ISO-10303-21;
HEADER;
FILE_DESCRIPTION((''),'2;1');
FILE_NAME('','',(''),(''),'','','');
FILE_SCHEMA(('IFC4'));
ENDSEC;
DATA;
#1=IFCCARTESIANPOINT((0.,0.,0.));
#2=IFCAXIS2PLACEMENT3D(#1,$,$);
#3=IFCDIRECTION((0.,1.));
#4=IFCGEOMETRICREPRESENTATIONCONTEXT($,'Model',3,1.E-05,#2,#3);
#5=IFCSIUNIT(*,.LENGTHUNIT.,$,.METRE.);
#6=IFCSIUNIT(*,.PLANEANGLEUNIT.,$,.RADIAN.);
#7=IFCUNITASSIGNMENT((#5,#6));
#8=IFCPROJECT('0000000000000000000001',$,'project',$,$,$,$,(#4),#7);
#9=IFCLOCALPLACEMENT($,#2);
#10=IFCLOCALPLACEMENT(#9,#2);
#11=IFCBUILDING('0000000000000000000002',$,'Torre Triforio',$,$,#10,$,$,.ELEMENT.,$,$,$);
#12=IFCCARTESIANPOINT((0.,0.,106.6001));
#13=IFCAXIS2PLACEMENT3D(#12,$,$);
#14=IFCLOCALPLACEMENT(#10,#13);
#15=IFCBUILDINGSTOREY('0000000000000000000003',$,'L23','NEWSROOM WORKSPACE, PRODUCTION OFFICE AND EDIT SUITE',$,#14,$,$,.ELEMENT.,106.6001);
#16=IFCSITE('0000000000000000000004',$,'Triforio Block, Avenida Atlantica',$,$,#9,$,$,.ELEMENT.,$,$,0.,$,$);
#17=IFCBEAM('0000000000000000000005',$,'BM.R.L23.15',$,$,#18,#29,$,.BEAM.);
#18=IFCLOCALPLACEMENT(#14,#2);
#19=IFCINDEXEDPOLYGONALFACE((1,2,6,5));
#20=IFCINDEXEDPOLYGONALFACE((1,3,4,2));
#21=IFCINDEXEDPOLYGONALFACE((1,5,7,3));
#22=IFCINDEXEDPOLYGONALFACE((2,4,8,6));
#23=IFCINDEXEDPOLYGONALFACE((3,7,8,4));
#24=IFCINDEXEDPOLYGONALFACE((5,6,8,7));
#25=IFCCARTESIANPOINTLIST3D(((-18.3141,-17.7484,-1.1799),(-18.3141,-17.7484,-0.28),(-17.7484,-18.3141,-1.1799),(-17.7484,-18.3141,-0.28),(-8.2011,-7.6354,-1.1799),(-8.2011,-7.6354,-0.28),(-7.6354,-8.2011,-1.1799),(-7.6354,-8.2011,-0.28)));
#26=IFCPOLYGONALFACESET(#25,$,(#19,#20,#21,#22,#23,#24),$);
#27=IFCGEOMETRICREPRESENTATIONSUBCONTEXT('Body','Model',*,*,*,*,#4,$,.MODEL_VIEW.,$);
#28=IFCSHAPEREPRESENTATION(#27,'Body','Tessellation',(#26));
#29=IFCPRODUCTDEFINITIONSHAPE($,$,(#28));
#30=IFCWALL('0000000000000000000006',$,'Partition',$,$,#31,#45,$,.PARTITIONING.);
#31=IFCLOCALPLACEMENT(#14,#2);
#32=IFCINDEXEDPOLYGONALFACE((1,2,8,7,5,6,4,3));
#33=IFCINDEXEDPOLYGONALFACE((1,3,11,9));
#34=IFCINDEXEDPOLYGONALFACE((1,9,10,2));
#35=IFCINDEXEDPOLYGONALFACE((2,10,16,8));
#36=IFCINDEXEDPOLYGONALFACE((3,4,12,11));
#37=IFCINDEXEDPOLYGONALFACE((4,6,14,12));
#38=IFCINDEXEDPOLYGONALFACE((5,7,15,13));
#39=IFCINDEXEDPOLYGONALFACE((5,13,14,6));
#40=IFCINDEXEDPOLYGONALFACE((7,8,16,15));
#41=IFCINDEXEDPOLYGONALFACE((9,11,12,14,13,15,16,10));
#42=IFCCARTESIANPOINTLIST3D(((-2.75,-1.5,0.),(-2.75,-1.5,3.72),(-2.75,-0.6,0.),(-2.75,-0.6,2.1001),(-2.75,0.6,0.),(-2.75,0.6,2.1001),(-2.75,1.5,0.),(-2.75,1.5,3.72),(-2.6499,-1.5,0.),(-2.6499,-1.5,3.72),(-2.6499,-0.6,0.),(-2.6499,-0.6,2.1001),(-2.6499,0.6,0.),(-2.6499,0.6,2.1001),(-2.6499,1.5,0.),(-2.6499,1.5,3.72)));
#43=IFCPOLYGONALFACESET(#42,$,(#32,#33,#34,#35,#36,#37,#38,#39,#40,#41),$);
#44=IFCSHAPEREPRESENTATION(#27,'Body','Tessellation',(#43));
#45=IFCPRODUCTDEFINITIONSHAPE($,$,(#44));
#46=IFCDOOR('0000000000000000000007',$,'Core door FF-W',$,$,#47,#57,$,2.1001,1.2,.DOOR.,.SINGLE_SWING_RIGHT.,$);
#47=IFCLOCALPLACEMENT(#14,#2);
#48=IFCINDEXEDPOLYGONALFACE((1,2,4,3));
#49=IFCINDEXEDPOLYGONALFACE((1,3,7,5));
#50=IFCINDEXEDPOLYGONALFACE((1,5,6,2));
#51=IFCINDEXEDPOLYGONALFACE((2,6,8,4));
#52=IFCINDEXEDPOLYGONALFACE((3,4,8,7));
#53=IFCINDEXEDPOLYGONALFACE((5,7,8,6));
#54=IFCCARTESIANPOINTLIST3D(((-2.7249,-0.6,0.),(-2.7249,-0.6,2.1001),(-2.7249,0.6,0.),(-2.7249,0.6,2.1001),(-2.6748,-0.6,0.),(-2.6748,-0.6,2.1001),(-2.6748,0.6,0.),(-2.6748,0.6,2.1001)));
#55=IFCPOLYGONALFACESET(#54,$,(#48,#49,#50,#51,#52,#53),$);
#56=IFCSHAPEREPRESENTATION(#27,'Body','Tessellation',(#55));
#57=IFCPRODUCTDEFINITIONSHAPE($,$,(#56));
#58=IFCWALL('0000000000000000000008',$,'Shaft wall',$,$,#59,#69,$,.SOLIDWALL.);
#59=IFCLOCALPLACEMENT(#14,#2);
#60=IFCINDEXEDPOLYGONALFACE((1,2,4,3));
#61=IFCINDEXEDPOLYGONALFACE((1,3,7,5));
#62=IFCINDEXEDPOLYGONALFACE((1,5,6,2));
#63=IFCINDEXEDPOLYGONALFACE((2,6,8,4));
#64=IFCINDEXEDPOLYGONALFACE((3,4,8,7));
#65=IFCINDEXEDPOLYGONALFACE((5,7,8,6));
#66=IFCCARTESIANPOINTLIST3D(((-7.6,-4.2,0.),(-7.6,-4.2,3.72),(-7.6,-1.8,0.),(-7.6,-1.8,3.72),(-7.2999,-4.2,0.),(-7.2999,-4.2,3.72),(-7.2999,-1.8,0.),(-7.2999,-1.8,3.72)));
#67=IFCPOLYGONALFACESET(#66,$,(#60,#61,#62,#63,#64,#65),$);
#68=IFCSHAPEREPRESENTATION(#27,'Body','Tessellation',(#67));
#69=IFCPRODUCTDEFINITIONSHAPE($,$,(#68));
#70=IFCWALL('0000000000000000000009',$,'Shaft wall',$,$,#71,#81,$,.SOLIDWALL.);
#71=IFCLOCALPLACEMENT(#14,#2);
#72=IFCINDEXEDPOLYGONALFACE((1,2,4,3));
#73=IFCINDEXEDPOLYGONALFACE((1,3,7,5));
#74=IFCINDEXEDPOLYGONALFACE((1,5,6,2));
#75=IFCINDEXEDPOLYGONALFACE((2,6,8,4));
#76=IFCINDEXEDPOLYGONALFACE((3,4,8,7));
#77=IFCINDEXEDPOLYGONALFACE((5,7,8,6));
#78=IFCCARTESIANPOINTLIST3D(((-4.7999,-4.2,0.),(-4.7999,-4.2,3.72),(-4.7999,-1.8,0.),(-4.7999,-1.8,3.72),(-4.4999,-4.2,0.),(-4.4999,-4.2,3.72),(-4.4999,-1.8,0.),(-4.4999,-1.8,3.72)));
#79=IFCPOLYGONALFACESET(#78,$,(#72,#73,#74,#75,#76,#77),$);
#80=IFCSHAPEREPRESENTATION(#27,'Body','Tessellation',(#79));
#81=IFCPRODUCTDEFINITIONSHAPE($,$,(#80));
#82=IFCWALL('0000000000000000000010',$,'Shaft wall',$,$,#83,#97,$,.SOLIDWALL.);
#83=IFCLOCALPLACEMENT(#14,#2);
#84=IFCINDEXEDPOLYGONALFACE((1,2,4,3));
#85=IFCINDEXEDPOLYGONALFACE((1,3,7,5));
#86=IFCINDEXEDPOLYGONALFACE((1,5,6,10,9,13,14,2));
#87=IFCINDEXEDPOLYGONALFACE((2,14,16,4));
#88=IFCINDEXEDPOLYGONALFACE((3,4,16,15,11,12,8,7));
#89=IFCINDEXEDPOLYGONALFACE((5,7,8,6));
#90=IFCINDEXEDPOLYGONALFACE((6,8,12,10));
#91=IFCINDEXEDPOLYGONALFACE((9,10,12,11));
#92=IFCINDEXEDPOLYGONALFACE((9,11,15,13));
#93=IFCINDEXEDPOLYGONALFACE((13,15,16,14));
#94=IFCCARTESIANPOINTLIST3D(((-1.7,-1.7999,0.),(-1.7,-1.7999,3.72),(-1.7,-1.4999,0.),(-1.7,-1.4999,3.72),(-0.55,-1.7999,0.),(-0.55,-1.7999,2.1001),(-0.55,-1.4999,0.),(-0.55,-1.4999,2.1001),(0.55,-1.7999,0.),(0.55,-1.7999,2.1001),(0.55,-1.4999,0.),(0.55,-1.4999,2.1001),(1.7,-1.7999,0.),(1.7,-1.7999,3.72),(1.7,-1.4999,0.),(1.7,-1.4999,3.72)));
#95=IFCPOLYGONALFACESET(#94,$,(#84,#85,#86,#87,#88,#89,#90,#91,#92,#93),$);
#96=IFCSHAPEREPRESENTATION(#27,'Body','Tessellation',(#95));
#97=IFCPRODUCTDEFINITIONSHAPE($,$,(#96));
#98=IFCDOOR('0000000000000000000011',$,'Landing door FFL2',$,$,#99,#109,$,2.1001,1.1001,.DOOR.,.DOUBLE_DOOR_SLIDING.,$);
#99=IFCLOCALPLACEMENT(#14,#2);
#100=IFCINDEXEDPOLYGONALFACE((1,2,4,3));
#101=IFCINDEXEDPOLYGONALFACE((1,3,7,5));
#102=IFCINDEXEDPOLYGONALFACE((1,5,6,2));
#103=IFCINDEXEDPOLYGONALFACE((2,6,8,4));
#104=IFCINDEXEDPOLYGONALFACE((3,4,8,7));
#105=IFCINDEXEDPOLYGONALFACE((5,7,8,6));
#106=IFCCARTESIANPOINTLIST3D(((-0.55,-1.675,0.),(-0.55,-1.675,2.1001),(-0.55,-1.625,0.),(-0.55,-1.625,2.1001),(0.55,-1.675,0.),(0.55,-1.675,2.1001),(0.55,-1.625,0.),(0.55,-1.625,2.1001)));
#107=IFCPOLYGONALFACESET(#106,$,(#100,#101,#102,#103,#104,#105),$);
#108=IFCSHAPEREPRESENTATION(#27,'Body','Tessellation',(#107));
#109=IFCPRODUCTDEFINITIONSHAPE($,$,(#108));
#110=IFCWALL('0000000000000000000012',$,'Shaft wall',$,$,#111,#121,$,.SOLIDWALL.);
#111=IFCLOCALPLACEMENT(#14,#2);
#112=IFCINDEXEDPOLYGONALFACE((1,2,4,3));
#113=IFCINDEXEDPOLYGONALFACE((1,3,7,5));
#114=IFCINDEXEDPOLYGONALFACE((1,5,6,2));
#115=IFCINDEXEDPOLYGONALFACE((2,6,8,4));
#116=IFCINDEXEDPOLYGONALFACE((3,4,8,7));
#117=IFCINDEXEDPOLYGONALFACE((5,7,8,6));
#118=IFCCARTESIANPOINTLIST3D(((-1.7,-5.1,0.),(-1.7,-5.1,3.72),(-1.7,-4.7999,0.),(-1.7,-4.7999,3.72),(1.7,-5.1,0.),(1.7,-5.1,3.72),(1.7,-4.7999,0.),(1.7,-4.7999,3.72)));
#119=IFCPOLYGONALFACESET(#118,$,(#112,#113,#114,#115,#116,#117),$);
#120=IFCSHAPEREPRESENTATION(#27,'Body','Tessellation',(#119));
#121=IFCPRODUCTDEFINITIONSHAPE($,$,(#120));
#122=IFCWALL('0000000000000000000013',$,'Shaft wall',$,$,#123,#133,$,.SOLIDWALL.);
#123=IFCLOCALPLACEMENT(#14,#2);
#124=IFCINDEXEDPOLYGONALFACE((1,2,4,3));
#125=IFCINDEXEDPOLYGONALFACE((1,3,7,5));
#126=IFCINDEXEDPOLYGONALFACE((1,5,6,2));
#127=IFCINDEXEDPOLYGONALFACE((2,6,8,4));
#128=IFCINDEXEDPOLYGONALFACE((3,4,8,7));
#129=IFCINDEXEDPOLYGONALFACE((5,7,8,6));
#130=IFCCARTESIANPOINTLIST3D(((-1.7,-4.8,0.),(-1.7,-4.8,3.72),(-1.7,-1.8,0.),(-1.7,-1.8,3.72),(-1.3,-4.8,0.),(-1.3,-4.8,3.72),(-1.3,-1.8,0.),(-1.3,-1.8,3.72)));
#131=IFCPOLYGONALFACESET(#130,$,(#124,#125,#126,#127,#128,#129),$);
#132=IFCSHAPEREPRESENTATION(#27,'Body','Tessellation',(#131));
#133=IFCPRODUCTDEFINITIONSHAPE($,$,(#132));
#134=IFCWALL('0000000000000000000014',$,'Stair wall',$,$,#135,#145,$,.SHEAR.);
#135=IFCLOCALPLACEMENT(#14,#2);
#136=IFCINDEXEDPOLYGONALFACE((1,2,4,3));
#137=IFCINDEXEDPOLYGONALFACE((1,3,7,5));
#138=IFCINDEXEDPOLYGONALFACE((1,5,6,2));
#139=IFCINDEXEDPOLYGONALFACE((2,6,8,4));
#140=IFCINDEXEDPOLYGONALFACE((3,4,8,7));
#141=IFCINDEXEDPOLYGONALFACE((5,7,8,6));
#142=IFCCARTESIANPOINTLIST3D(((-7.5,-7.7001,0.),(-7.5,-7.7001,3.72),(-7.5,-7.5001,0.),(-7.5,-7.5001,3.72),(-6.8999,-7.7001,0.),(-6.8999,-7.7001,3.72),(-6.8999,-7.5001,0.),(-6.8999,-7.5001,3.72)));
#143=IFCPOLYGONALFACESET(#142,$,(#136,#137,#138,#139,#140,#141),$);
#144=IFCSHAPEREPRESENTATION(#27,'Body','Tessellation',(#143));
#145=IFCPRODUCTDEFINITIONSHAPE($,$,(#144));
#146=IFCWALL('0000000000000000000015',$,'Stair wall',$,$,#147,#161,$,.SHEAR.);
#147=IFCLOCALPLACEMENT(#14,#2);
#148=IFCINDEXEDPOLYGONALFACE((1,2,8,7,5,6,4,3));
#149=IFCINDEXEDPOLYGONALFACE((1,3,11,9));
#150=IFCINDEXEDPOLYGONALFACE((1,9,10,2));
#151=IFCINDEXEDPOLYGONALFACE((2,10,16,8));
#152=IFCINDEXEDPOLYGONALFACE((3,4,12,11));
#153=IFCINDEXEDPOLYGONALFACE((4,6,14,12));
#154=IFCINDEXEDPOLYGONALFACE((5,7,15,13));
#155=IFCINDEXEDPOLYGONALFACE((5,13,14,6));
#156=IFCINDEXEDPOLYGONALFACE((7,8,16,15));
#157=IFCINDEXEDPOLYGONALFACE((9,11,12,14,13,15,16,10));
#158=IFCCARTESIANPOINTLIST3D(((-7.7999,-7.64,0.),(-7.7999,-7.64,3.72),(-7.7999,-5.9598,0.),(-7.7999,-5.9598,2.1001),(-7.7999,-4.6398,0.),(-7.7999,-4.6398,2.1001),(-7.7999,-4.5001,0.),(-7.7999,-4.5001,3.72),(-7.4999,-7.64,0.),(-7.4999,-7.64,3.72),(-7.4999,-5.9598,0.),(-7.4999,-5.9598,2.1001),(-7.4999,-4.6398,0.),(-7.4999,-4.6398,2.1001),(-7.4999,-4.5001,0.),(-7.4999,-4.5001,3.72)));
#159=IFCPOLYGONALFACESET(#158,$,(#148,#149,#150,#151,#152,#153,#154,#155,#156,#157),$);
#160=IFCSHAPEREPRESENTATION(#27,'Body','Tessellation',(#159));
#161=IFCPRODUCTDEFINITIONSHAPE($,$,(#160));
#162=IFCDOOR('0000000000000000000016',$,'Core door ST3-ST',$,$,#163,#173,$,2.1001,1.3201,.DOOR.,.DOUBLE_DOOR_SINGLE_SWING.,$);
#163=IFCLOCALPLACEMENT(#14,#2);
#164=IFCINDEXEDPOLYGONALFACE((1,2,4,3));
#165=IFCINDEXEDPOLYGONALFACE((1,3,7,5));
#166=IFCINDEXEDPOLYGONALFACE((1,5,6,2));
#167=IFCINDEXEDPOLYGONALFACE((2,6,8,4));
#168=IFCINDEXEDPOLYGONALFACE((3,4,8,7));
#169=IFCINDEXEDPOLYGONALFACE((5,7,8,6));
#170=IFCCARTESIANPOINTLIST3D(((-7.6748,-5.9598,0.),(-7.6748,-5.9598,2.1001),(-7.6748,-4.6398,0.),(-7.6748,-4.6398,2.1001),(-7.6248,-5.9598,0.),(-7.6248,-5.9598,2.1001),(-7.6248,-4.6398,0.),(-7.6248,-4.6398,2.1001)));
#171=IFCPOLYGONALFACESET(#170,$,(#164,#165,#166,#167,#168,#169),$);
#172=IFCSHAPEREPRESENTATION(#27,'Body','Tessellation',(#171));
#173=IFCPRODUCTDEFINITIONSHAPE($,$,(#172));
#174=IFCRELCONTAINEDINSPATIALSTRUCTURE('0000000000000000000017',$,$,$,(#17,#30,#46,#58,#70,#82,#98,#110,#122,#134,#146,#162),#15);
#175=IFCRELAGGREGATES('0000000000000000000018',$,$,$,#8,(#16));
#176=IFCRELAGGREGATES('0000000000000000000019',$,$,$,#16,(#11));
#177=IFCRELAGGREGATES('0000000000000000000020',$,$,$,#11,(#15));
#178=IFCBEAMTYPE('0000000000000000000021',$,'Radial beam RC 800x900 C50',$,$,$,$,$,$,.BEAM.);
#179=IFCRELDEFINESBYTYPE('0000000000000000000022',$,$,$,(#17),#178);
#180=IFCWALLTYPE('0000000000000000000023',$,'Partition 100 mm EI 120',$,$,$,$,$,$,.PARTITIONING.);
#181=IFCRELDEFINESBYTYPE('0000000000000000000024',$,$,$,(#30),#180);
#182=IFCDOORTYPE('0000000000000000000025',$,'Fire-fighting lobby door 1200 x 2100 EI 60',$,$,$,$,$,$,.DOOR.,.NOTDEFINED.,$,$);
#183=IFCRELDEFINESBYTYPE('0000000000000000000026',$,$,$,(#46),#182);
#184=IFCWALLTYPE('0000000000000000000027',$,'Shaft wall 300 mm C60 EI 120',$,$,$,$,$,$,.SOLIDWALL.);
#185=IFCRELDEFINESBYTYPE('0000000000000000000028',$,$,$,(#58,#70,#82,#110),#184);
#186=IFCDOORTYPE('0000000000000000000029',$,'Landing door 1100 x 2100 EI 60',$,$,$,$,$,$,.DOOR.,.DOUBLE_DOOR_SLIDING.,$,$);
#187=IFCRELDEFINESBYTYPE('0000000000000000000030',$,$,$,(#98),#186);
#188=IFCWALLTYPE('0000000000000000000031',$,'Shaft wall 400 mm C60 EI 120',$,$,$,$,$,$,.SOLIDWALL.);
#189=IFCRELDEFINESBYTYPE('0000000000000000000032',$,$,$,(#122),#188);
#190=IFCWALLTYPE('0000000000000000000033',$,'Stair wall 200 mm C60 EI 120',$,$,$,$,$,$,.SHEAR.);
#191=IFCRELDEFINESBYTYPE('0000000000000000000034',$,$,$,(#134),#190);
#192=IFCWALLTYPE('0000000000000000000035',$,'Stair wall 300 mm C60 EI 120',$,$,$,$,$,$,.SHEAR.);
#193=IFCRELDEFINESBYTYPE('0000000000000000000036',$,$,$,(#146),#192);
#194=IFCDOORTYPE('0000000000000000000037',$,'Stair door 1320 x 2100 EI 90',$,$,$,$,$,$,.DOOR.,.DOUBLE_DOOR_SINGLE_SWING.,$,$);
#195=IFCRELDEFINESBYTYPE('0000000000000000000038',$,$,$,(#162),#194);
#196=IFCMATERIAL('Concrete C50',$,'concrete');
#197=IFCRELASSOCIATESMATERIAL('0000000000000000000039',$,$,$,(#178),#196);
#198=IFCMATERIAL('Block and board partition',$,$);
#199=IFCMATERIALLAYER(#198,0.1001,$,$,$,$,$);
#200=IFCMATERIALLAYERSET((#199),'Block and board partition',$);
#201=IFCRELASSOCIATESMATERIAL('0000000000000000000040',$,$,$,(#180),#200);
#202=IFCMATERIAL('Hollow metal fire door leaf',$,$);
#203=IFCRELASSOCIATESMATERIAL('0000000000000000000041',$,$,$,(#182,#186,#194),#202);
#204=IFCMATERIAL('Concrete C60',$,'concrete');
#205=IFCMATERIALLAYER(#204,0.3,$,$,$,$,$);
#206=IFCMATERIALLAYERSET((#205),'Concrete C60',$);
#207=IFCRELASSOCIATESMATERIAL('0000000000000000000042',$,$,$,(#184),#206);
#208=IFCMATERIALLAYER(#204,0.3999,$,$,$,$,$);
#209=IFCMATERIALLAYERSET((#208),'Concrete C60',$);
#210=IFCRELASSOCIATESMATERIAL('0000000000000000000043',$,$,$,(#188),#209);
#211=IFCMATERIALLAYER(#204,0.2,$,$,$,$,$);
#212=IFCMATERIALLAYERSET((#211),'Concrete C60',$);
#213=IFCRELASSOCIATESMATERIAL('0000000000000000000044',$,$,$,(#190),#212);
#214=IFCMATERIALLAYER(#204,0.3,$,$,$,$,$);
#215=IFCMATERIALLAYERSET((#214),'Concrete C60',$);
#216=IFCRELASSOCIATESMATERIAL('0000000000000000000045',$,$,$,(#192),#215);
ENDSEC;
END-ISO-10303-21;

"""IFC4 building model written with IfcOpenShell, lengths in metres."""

from ifc_helpers import new_model, si_unit, direction, frame, frame_2d, origin, origin_2d, place, context, subcontext, project, spatial, rectangle, extrude, material, layer, layer_set, material_profile, profile_set, type_object, element, fill, save


model = new_model("IFC4")

# Units and contexts
model_context = context("Model", 3, precision=1e-05, world=origin(), true_north=direction((0.0, 1.0)))
body_context = subcontext(model_context, "Body", "Model", "MODEL_VIEW")
ifc_project = project(units=[si_unit("LENGTHUNIT", "METRE"), si_unit("PLANEANGLEUNIT", "RADIAN")], contexts=[model_context])

# Site, building, storey
site_placement = place(None, origin())
site = spatial("IfcSite", under=ifc_project, at=site_placement, Name="Triforio Block, Avenida Atlantica", CompositionType="ELEMENT", RefElevation=0.0)
building_placement = place(site_placement, origin())
building = spatial("IfcBuilding", under=site, at=building_placement, Name="Torre Triforio", CompositionType="ELEMENT")
storey_placement = place(building_placement, frame((0.0, 0.0, 106.6001)))
storey = spatial("IfcBuildingStorey", under=building, at=storey_placement, Name="L23", Description="NEWSROOM WORKSPACE, PRODUCTION OFFICE AND EDIT SUITE", CompositionType="ELEMENT", Elevation=106.6001)

# Beam
ifc_material_1 = material(Name="Concrete C50", Category="concrete")
ifc_material_profile = material_profile(ifc_material_1, rectangle(XDim=0.8, YDim=0.8999, at=origin_2d()), Name="RC 800x900")
ifc_profile_set = profile_set([ifc_material_profile], Name="Concrete C50")
beam_type = type_object("IfcBeamType", Name="Radial beam RC 800x900 C50", PredefinedType="BEAM", material=ifc_profile_set)
beam_placement = place(storey_placement, frame((-7.9182, -7.9182, -0.73), z_axis=(-0.707107, -0.707107, 0.0), x_axis=(0.707107, -0.707107, 0.0)))
element("IfcBeam", 1, at=beam_placement, inside=storey, type_object=beam_type, Name="BM.R.L23.15", PredefinedType="BEAM", context=body_context, shape_type="SweptSolid", body=[
    extrude(rectangle(XDim=0.8, YDim=0.8999, at=origin_2d()), origin(), (0.0, 0.0, 1.0), 14.302),
])

# Wall, opening, door
ifc_material_2 = material(Name="Block and board partition")
ifc_layer_1 = layer(ifc_material_2, 0.1001)
ifc_layer_set_1 = layer_set([ifc_layer_1], Name="Block and board partition")
wall_type_1 = type_object("IfcWallType", Name="Partition 100 mm EI 120", PredefinedType="PARTITIONING", material=ifc_layer_set_1)
wall_1_placement = place(storey_placement, frame((-2.7, -1.5, 0.0), z_axis=(0.0, 0.0, 1.0), x_axis=(0.0, 1.0, 0.0)))
wall_1 = element("IfcWall", 2, at=wall_1_placement, inside=storey, type_object=wall_type_1, Name="Partition", PredefinedType="PARTITIONING", context=body_context, shape_type="SweptSolid", body=[
    extrude(rectangle(XDim=3.0, YDim=0.1001, at=frame_2d((1.5, 0.0))), origin(), (0.0, 0.0, 1.0), 3.72),
])
opening_1_placement = place(wall_1_placement, frame((0.8999, 0.0, 0.0)))
opening_1 = element("IfcOpeningElement", 3, at=opening_1_placement, cuts=wall_1, PredefinedType="OPENING", context=body_context, shape_type="SweptSolid", body=[
    extrude(rectangle(XDim=1.2, YDim=2.1001, at=frame_2d((0.6001, 1.05))), frame((0.0, 0.0601, 0.0), z_axis=(0.0, -1.0, 0.0), x_axis=(1.0, 0.0, 0.0)), (0.0, 0.0, 1.0), 0.1201),
])
ifc_material_3 = material(Name="Hollow metal fire door leaf")
door_type_1 = type_object("IfcDoorType", Name="Fire-fighting lobby door 1200 x 2100 EI 60", OperationType="NOTDEFINED", PredefinedType="DOOR", material=ifc_material_3)
door_1_placement = place(opening_1_placement, origin())
door_1 = element("IfcDoor", 4, at=door_1_placement, inside=storey, type_object=door_type_1, Name="Core door FF-W", OperationType="SINGLE_SWING_RIGHT", OverallHeight=2.1001, OverallWidth=1.2, PredefinedType="DOOR", context=body_context, shape_type="SweptSolid", body=[
    extrude(rectangle(XDim=1.2, YDim=2.1001, at=frame_2d((0.6001, 1.05))), frame((0.0, 0.0249, 0.0), z_axis=(0.0, -1.0, 0.0), x_axis=(1.0, 0.0, 0.0)), (0.0, 0.0, 1.0), 0.05),
])
fill(opening_1, door_1)

# Walls
ifc_material_4 = material(Name="Concrete C60", Category="concrete")
ifc_layer_2 = layer(ifc_material_4, 0.3)
ifc_layer_set_2 = layer_set([ifc_layer_2], Name="Concrete C60")
wall_type_2 = type_object("IfcWallType", Name="Shaft wall 300 mm C60 EI 120", PredefinedType="SOLIDWALL", material=ifc_layer_set_2)
for number, where, z_axis, x_axis, name in (
    (5, (-7.45, -4.2, 0.0), (0.0, 0.0, 1.0), (0.0, 1.0, 0.0), "Shaft wall"),
    (6, (-4.6499, -4.2, 0.0), (0.0, 0.0, 1.0), (0.0, 1.0, 0.0), "Shaft wall"),
):
    element("IfcWall", number, at=place(storey_placement, frame(where, z_axis=z_axis, x_axis=x_axis)), inside=storey, type_object=wall_type_2, Name=name, PredefinedType="SOLIDWALL", context=body_context, shape_type="SweptSolid", body=[
        extrude(rectangle(XDim=2.3999, YDim=0.3, at=frame_2d((1.2, 0.0))), origin(), (0.0, 0.0, 1.0), 3.72),
    ])

# Wall, opening, door
wall_2_placement = place(storey_placement, frame((-1.7, -1.6499, 0.0), z_axis=(0.0, 0.0, 1.0), x_axis=(1.0, 0.0, 0.0)))
wall_2 = element("IfcWall", 7, at=wall_2_placement, inside=storey, type_object=wall_type_2, Name="Shaft wall", PredefinedType="SOLIDWALL", context=body_context, shape_type="SweptSolid", body=[
    extrude(rectangle(XDim=3.3999, YDim=0.3, at=frame_2d((1.7, 0.0))), origin(), (0.0, 0.0, 1.0), 3.72),
])
opening_2_placement = place(wall_2_placement, frame((1.1499, 0.0, 0.0)))
opening_2 = element("IfcOpeningElement", 8, at=opening_2_placement, cuts=wall_2, PredefinedType="OPENING", context=body_context, shape_type="SweptSolid", body=[
    extrude(rectangle(XDim=1.1001, YDim=2.1001, at=frame_2d((0.55, 1.05))), frame((0.0, 0.1599, 0.0), z_axis=(0.0, -1.0, 0.0), x_axis=(1.0, 0.0, 0.0)), (0.0, 0.0, 1.0), 0.3201),
])
door_type_2 = type_object("IfcDoorType", Name="Landing door 1100 x 2100 EI 60", OperationType="DOUBLE_DOOR_SLIDING", PredefinedType="DOOR", material=ifc_material_3)
door_2_placement = place(opening_2_placement, origin())
door_2 = element("IfcDoor", 9, at=door_2_placement, inside=storey, type_object=door_type_2, Name="Landing door FFL2", OperationType="DOUBLE_DOOR_SLIDING", OverallHeight=2.1001, OverallWidth=1.1001, PredefinedType="DOOR", context=body_context, shape_type="SweptSolid", body=[
    extrude(rectangle(XDim=1.1001, YDim=2.1001, at=frame_2d((0.55, 1.05))), frame((0.0, 0.0249, 0.0), z_axis=(0.0, -1.0, 0.0), x_axis=(1.0, 0.0, 0.0)), (0.0, 0.0, 1.0), 0.05),
])
fill(opening_2, door_2)

# Walls
wall_3_placement = place(storey_placement, frame((-1.7, -4.95, 0.0), z_axis=(0.0, 0.0, 1.0), x_axis=(1.0, 0.0, 0.0)))
element("IfcWall", 10, at=wall_3_placement, inside=storey, type_object=wall_type_2, Name="Shaft wall", PredefinedType="SOLIDWALL", context=body_context, shape_type="SweptSolid", body=[
    extrude(rectangle(XDim=3.3999, YDim=0.3, at=frame_2d((1.7, 0.0))), origin(), (0.0, 0.0, 1.0), 3.72),
])
ifc_layer_3 = layer(ifc_material_4, 0.3999)
ifc_layer_set_3 = layer_set([ifc_layer_3], Name="Concrete C60")
wall_type_3 = type_object("IfcWallType", Name="Shaft wall 400 mm C60 EI 120", PredefinedType="SOLIDWALL", material=ifc_layer_set_3)
wall_4_placement = place(storey_placement, frame((-1.5, -4.8, 0.0), z_axis=(0.0, 0.0, 1.0), x_axis=(0.0, 1.0, 0.0)))
element("IfcWall", 11, at=wall_4_placement, inside=storey, type_object=wall_type_3, Name="Shaft wall", PredefinedType="SOLIDWALL", context=body_context, shape_type="SweptSolid", body=[
    extrude(rectangle(XDim=3.0, YDim=0.3999, at=frame_2d((1.5, 0.0))), origin(), (0.0, 0.0, 1.0), 3.72),
])
ifc_layer_4 = layer(ifc_material_4, 0.2)
ifc_layer_set_4 = layer_set([ifc_layer_4], Name="Concrete C60")
wall_type_4 = type_object("IfcWallType", Name="Stair wall 200 mm C60 EI 120", PredefinedType="SHEAR", material=ifc_layer_set_4)
wall_5_placement = place(storey_placement, frame((-7.5, -7.6001, 0.0), z_axis=(0.0, 0.0, 1.0), x_axis=(1.0, 0.0, 0.0)))
element("IfcWall", 12, at=wall_5_placement, inside=storey, type_object=wall_type_4, Name="Stair wall", PredefinedType="SHEAR", context=body_context, shape_type="SweptSolid", body=[
    extrude(rectangle(XDim=0.6001, YDim=0.2, at=frame_2d((0.3, 0.0))), origin(), (0.0, 0.0, 1.0), 3.72),
])

# Wall, opening, door
ifc_layer_5 = layer(ifc_material_4, 0.3)
ifc_layer_set_5 = layer_set([ifc_layer_5], Name="Concrete C60")
wall_type_5 = type_object("IfcWallType", Name="Stair wall 300 mm C60 EI 120", PredefinedType="SHEAR", material=ifc_layer_set_5)
wall_6_placement = place(storey_placement, frame((-7.6499, -7.6399, 0.0), z_axis=(0.0, 0.0, 1.0), x_axis=(0.0, 1.0, 0.0)))
wall_6 = element("IfcWall", 13, at=wall_6_placement, inside=storey, type_object=wall_type_5, Name="Stair wall", PredefinedType="SHEAR", context=body_context, shape_type="SweptSolid", body=[
    extrude(rectangle(XDim=3.1399, YDim=0.3, at=frame_2d((1.5698, 0.0))), origin(), (0.0, 0.0, 1.0), 3.72),
])
opening_3_placement = place(wall_6_placement, frame((1.6799, 0.0, 0.0)))
opening_3 = element("IfcOpeningElement", 14, at=opening_3_placement, cuts=wall_6, PredefinedType="OPENING", context=body_context, shape_type="SweptSolid", body=[
    extrude(rectangle(XDim=1.3201, YDim=2.1001, at=frame_2d((0.6602, 1.05))), frame((0.0, 0.1599, 0.0), z_axis=(0.0, -1.0, 0.0), x_axis=(1.0, 0.0, 0.0)), (0.0, 0.0, 1.0), 0.3201),
])
door_type_3 = type_object("IfcDoorType", Name="Stair door 1320 x 2100 EI 90", OperationType="DOUBLE_DOOR_SINGLE_SWING", PredefinedType="DOOR", material=ifc_material_3)
door_3_placement = place(opening_3_placement, origin())
door_3 = element("IfcDoor", 15, at=door_3_placement, inside=storey, type_object=door_type_3, Name="Core door ST3-ST", OperationType="DOUBLE_DOOR_SINGLE_SWING", OverallHeight=2.1001, OverallWidth=1.3201, PredefinedType="DOOR", context=body_context, shape_type="SweptSolid", body=[
    extrude(rectangle(XDim=1.3201, YDim=2.1001, at=frame_2d((0.6602, 1.05))), frame((0.0, 0.0249, 0.0), z_axis=(0.0, -1.0, 0.0), x_axis=(1.0, 0.0, 0.0)), (0.0, 0.0, 1.0), 0.05),
])
fill(opening_3, door_3)

save(model, "model.ifc")
